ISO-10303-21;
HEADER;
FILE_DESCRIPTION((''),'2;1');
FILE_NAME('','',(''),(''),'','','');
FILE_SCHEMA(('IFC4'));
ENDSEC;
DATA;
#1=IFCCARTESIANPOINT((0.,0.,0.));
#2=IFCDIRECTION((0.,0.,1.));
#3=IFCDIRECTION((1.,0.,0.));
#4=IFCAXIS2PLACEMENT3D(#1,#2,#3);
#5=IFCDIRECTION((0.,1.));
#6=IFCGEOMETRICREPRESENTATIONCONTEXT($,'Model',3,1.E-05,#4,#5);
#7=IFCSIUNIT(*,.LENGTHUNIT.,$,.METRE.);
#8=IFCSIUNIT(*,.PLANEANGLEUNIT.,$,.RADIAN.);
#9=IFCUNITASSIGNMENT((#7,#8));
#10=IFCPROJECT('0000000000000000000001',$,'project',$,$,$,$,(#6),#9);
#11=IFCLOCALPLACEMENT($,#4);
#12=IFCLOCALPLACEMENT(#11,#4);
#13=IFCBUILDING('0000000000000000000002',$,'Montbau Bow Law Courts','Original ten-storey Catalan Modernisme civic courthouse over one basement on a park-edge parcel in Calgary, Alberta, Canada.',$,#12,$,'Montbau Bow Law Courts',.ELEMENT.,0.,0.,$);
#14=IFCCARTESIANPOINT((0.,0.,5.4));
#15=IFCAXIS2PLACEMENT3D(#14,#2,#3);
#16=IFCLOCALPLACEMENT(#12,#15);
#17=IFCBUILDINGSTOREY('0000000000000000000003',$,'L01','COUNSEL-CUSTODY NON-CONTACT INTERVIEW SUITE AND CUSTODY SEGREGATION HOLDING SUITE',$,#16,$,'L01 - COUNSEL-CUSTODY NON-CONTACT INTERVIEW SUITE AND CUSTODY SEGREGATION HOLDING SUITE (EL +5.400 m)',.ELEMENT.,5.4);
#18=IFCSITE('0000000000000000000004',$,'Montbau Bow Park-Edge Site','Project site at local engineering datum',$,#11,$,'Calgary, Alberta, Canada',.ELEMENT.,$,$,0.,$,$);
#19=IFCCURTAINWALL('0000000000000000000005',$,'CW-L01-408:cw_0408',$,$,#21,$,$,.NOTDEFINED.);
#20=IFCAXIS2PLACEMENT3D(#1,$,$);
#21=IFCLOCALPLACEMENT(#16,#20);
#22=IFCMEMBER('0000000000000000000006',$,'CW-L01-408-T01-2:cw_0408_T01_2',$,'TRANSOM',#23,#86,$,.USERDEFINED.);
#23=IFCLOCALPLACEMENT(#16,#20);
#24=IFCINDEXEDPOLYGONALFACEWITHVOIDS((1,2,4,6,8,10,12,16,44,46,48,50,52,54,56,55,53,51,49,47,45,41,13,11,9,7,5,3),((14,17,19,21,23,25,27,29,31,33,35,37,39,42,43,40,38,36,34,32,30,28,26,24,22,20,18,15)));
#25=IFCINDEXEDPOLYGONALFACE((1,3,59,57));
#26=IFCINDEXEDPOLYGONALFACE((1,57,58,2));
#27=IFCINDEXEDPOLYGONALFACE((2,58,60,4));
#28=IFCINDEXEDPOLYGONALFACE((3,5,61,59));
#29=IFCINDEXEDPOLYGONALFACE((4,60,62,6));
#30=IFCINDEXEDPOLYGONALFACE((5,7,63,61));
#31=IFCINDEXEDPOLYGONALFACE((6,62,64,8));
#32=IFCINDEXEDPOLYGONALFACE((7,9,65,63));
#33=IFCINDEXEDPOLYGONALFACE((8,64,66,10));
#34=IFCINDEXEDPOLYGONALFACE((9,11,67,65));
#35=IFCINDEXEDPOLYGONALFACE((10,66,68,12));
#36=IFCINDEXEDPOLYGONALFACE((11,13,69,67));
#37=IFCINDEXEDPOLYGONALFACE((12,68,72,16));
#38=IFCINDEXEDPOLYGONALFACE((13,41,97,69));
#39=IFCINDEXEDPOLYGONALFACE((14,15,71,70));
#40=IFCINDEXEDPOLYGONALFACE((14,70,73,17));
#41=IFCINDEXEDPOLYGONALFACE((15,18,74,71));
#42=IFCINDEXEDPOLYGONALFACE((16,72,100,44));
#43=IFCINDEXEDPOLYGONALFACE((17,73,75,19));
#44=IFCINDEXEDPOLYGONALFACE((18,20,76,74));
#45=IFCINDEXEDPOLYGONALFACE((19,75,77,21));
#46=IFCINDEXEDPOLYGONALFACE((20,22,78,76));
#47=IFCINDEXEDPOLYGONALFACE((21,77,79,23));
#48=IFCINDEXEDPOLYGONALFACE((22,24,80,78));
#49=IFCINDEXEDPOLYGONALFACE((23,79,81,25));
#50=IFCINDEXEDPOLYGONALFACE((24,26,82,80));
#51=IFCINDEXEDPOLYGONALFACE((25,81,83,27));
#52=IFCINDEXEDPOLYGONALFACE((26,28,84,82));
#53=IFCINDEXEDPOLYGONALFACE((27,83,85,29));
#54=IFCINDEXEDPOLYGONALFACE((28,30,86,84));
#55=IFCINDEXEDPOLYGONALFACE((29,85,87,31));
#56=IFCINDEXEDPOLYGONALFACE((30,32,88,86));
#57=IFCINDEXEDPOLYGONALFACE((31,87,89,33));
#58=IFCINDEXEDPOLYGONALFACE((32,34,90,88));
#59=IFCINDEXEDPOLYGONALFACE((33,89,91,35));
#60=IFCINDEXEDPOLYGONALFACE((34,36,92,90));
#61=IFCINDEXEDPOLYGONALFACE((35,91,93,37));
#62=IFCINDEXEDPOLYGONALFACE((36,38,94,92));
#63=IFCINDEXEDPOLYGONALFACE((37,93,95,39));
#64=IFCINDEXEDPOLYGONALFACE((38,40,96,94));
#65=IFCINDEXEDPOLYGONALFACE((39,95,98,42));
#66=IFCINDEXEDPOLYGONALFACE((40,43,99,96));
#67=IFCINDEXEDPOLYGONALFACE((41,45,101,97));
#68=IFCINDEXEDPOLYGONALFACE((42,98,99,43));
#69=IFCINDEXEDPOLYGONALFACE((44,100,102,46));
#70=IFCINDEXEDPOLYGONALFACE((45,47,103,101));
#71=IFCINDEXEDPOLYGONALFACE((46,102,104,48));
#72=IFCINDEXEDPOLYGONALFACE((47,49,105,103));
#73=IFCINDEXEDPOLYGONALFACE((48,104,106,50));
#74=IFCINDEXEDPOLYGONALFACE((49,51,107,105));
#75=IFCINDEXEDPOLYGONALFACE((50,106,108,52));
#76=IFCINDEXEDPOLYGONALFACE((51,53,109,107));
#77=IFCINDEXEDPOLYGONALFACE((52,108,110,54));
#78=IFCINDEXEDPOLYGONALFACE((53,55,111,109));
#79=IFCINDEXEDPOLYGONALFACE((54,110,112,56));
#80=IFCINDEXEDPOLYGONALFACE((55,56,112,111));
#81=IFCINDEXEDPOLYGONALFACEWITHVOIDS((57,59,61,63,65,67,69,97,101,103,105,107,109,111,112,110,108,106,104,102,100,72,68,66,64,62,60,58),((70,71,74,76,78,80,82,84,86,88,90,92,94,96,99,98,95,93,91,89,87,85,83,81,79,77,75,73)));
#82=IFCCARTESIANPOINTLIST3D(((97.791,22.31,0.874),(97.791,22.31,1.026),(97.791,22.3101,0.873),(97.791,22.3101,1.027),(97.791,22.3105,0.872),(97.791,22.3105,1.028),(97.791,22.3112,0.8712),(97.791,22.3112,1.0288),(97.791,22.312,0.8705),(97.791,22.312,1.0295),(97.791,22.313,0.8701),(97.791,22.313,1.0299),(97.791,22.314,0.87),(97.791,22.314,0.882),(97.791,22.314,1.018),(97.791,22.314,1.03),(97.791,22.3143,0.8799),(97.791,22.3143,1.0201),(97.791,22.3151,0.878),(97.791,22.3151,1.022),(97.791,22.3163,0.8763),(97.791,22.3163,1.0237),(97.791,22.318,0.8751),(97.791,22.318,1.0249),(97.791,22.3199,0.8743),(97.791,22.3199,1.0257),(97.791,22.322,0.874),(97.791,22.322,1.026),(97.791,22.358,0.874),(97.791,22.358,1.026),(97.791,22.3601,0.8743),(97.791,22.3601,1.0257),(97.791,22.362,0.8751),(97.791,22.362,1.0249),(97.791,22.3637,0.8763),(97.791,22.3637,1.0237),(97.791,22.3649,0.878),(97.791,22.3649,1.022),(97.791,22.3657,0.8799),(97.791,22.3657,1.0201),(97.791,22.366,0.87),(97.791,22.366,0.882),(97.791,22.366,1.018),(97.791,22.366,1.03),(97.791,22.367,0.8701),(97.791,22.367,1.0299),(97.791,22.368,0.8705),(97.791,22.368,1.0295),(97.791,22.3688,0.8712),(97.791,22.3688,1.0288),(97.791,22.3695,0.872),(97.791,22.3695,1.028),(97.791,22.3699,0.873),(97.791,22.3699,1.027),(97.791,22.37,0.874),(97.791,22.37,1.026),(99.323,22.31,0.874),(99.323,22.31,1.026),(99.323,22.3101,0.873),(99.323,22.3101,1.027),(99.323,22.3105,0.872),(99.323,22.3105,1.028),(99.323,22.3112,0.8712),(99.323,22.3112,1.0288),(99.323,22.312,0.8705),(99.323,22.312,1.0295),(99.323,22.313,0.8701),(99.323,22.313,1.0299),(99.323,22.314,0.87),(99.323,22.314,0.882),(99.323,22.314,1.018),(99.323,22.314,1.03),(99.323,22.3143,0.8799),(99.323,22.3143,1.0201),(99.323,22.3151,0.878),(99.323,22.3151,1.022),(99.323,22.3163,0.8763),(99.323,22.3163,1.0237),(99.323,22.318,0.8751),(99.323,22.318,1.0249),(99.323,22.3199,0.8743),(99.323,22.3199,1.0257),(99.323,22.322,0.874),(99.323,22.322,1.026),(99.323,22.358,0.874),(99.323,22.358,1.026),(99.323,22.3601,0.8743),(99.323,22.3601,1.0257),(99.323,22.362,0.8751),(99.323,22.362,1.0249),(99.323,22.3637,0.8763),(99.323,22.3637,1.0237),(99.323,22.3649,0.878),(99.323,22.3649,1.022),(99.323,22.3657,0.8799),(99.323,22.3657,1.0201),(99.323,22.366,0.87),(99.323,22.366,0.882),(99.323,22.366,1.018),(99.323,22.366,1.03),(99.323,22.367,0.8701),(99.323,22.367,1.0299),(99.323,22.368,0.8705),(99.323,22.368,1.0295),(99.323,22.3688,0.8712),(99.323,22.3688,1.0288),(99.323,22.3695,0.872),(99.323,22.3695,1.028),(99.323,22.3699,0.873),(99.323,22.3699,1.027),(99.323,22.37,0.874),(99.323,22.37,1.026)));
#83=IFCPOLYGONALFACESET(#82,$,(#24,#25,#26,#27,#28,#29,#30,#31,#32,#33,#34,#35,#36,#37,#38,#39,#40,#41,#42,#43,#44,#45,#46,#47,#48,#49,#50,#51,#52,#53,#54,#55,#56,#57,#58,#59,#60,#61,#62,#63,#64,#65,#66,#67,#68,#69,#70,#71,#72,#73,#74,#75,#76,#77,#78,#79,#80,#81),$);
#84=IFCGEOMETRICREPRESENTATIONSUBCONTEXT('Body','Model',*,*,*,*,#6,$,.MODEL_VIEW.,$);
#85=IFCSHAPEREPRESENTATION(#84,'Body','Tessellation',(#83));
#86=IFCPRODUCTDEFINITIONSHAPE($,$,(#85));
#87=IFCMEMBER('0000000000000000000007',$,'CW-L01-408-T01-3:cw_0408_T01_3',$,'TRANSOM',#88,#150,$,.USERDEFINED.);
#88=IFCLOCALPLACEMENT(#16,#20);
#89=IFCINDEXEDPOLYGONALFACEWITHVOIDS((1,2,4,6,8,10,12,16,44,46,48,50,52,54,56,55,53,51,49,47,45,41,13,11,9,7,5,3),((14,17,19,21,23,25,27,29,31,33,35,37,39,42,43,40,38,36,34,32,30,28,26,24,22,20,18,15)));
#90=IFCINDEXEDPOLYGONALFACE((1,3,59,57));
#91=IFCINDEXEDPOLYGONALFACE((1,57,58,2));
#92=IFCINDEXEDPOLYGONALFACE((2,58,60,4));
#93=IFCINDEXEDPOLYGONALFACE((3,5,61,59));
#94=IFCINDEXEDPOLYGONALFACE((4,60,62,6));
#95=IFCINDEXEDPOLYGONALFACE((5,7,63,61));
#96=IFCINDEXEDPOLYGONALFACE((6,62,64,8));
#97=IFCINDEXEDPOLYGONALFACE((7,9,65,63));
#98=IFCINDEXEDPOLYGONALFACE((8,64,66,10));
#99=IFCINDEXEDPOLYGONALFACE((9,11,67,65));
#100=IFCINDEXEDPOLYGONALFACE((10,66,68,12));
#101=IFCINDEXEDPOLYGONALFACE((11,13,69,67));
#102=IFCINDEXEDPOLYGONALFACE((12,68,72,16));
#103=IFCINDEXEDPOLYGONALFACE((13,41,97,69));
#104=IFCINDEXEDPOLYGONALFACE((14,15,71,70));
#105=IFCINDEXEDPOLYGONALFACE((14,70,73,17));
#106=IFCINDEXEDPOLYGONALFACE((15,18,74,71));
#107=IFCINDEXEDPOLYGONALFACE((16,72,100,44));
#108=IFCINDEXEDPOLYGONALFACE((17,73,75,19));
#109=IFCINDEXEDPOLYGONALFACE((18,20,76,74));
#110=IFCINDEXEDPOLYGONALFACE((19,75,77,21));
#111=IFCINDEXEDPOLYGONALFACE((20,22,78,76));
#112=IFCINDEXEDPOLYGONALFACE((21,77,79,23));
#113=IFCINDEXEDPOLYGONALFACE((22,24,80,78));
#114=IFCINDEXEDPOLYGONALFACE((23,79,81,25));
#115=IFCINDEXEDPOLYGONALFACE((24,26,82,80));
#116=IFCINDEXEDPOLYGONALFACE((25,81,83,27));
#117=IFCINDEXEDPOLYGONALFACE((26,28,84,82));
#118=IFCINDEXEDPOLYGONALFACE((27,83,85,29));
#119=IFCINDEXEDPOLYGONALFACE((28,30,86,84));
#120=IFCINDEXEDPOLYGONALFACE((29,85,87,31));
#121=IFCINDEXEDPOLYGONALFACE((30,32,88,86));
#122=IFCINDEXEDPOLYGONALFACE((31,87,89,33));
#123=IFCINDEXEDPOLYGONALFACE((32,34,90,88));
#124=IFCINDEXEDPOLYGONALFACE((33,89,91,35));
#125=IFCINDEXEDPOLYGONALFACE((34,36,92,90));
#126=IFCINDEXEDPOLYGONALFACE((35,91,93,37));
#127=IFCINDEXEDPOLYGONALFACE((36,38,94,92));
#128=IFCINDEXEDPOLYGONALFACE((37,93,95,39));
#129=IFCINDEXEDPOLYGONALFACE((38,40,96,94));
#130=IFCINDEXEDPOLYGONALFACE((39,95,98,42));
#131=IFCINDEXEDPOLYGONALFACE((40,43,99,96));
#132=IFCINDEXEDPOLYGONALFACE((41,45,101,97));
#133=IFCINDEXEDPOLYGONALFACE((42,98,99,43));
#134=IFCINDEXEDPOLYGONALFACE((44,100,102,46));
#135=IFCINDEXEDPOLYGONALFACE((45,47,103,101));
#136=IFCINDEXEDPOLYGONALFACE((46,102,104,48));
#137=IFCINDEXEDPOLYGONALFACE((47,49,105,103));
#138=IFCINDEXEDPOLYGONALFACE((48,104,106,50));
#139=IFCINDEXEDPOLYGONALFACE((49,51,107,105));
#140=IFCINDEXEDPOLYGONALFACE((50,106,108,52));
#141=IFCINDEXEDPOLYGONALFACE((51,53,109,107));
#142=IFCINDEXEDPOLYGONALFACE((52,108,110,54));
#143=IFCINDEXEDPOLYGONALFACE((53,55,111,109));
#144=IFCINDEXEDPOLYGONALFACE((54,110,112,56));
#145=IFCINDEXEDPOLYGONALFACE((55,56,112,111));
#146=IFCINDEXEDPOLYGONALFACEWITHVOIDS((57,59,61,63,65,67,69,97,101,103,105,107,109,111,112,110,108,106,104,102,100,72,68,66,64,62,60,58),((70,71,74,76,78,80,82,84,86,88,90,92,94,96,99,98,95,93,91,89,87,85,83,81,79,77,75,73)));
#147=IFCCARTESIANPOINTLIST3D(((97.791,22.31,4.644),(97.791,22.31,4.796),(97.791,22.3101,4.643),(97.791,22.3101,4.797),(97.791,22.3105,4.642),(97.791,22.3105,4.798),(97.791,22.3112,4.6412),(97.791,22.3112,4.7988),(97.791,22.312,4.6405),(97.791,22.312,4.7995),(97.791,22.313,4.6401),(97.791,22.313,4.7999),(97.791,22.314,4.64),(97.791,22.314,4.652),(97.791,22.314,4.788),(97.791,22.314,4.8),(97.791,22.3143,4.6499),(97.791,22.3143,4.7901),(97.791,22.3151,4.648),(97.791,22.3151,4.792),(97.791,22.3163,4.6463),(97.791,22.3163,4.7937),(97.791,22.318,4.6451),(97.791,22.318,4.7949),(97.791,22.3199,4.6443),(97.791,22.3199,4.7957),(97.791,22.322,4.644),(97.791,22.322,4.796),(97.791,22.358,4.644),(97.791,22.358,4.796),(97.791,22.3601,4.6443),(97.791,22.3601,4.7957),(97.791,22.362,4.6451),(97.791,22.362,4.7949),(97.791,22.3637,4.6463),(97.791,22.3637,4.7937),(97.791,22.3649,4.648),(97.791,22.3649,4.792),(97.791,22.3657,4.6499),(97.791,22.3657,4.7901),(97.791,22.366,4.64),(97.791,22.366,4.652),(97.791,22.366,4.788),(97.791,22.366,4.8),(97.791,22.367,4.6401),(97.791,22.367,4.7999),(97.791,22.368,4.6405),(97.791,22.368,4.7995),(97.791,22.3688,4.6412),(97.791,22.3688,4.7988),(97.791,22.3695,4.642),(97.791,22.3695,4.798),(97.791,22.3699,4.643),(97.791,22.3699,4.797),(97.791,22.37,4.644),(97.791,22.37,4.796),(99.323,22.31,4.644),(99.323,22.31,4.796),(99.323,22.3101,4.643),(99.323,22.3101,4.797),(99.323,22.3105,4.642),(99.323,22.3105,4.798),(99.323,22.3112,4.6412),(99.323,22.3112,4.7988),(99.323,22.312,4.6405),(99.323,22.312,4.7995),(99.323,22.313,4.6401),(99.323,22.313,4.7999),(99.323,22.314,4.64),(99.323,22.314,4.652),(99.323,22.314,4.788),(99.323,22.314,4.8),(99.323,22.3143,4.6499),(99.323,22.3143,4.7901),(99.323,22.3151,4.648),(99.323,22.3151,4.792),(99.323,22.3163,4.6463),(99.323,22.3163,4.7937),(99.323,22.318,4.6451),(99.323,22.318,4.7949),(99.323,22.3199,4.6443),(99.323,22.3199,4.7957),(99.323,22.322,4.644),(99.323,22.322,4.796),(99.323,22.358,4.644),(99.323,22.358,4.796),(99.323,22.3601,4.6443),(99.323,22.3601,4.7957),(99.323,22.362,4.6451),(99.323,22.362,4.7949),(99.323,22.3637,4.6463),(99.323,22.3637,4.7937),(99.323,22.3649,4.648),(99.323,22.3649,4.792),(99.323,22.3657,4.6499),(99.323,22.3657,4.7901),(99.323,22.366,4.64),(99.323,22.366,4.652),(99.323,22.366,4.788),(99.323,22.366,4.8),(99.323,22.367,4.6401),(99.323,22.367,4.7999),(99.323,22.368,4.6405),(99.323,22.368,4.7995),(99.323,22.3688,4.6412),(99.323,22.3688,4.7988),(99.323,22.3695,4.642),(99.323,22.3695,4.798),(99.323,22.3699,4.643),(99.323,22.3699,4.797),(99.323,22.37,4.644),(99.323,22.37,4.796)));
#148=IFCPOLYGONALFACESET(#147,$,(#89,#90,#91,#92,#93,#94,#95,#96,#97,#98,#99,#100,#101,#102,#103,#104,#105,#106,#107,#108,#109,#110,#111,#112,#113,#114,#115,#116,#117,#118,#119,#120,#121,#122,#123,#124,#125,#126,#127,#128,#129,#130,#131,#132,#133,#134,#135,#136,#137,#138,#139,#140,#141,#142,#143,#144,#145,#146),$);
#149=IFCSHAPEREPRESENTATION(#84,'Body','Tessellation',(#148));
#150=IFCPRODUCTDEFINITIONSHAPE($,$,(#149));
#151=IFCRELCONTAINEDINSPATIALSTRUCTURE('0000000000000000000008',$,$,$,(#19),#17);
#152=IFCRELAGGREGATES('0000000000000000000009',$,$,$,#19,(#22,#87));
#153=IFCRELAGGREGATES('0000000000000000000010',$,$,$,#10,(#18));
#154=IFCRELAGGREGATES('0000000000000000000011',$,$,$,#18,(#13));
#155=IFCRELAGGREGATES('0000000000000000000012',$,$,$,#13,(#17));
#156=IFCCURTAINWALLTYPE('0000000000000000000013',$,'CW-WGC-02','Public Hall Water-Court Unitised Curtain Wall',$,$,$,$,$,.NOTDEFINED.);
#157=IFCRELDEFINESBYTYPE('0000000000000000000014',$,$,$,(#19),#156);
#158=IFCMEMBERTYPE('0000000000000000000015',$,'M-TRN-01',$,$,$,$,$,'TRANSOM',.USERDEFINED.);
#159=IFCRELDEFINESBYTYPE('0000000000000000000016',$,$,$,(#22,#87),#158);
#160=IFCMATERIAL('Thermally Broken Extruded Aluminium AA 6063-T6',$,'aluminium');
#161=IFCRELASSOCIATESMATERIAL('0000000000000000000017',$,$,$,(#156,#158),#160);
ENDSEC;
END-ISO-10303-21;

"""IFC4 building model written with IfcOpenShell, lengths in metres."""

from ifc_helpers import new_model, si_unit, direction, frame, origin_with_axes, origin_2d_with_axis, place, context, subcontext, project, spatial, hollow_rectangle, extrude, material, material_profile, profile_set, type_object, element, aggregate, save


model = new_model("IFC4")

# Units and contexts
model_context = context("Model", 3, precision=1e-05, world=origin_with_axes(), true_north=direction((0.0, 1.0)))
body_context = subcontext(model_context, "Body", "Model", "MODEL_VIEW")
ifc_project = project(units=[si_unit("LENGTHUNIT", "METRE"), si_unit("PLANEANGLEUNIT", "RADIAN")], contexts=[model_context])

# Site, building, storey
site_placement = place(None, origin_with_axes())
site = spatial("IfcSite", under=ifc_project, at=site_placement, Name="Montbau Bow Park-Edge Site", Description="Project site at local engineering datum", LongName="Calgary, Alberta, Canada", CompositionType="ELEMENT", RefElevation=0.0)
building_placement = place(site_placement, origin_with_axes())
building = spatial("IfcBuilding", under=site, at=building_placement, Name="Montbau Bow Law Courts", Description="Original ten-storey Catalan Modernisme civic courthouse over one basement on a park-edge parcel in Calgary, Alberta, Canada.", LongName="Montbau Bow Law Courts", CompositionType="ELEMENT", ElevationOfRefHeight=0.0, ElevationOfTerrain=0.0)
storey_placement = place(building_placement, frame((0.0, 0.0, 5.4), z_axis=(0.0, 0.0, 1.0), x_axis=(1.0, 0.0, 0.0)))
storey = spatial("IfcBuildingStorey", under=building, at=storey_placement, Name="L01", Description="COUNSEL-CUSTODY NON-CONTACT INTERVIEW SUITE AND CUSTODY SEGREGATION HOLDING SUITE", LongName="L01 - COUNSEL-CUSTODY NON-CONTACT INTERVIEW SUITE AND CUSTODY SEGREGATION HOLDING SUITE (EL +5.400 m)", CompositionType="ELEMENT", Elevation=5.4)

# Curtain wall
ifc_material_1 = material(Name="Thermally Broken Extruded Aluminium AA 6063-T6", Category="aluminium")
curtain_wall_type = type_object("IfcCurtainWallType", Name="CW-WGC-02", Description="Public Hall Water-Court Unitised Curtain Wall", PredefinedType="NOTDEFINED", material=ifc_material_1)
curtain_wall_1_placement = place(None, frame((97.715, 22.34, 5.4), z_axis=(0.0, 0.0, 1.0), x_axis=(1.0, 0.0, 0.0)))
curtain_wall_1 = element("IfcCurtainWall", 1, at=curtain_wall_1_placement, inside=storey, type_object=curtain_wall_type, Name="CW-L01-408:cw_0408", PredefinedType="NOTDEFINED")

# Members
ifc_material_profile_1 = material_profile(ifc_material_1, hollow_rectangle(XDim=0.06, YDim=0.16, WallThickness=0.004, InnerFilletRadius=0.008, OuterFilletRadius=0.004, at=origin_2d_with_axis()), Name="CWT-160X60", Category="Main", Priority=0)
ifc_profile_set_1 = profile_set([ifc_material_profile_1], Name="Thermally Broken Extruded Aluminium AA 6063-T6")
member_type_1 = type_object("IfcMemberType", Name="M-TRN-01", ElementType="TRANSOM", PredefinedType="USERDEFINED", material=ifc_profile_set_1)
member_1_placement = place(None, frame((97.791, 22.34, 6.35), z_axis=(1.0, 0.0, 0.0), x_axis=(0.0, 1.0, 0.0)))
member_1 = element("IfcMember", 2, at=member_1_placement, type_object=member_type_1, Name="CW-L01-408-T01-2:cw_0408_T01_2", ObjectType="TRANSOM", PredefinedType="USERDEFINED", context=body_context, shape_type="SweptSolid", body=[
    extrude(hollow_rectangle(XDim=0.06, YDim=0.16, WallThickness=0.004, InnerFilletRadius=0.008, OuterFilletRadius=0.004, at=origin_2d_with_axis()), origin_with_axes(), (0.0, 0.0, 1.0), 1.532),
])
member_2_placement = place(None, frame((97.791, 22.34, 10.12), z_axis=(1.0, 0.0, 0.0), x_axis=(0.0, 1.0, 0.0)))
member_2 = element("IfcMember", 3, at=member_2_placement, type_object=member_type_1, Name="CW-L01-408-T01-3:cw_0408_T01_3", ObjectType="TRANSOM", PredefinedType="USERDEFINED", context=body_context, shape_type="SweptSolid", body=[
    extrude(hollow_rectangle(XDim=0.06, YDim=0.16, WallThickness=0.004, InnerFilletRadius=0.008, OuterFilletRadius=0.004, at=origin_2d_with_axis()), origin_with_axes(), (0.0, 0.0, 1.0), 1.532),
])

aggregate(curtain_wall_1, [member_1, member_2])

save(model, "model.ifc")
